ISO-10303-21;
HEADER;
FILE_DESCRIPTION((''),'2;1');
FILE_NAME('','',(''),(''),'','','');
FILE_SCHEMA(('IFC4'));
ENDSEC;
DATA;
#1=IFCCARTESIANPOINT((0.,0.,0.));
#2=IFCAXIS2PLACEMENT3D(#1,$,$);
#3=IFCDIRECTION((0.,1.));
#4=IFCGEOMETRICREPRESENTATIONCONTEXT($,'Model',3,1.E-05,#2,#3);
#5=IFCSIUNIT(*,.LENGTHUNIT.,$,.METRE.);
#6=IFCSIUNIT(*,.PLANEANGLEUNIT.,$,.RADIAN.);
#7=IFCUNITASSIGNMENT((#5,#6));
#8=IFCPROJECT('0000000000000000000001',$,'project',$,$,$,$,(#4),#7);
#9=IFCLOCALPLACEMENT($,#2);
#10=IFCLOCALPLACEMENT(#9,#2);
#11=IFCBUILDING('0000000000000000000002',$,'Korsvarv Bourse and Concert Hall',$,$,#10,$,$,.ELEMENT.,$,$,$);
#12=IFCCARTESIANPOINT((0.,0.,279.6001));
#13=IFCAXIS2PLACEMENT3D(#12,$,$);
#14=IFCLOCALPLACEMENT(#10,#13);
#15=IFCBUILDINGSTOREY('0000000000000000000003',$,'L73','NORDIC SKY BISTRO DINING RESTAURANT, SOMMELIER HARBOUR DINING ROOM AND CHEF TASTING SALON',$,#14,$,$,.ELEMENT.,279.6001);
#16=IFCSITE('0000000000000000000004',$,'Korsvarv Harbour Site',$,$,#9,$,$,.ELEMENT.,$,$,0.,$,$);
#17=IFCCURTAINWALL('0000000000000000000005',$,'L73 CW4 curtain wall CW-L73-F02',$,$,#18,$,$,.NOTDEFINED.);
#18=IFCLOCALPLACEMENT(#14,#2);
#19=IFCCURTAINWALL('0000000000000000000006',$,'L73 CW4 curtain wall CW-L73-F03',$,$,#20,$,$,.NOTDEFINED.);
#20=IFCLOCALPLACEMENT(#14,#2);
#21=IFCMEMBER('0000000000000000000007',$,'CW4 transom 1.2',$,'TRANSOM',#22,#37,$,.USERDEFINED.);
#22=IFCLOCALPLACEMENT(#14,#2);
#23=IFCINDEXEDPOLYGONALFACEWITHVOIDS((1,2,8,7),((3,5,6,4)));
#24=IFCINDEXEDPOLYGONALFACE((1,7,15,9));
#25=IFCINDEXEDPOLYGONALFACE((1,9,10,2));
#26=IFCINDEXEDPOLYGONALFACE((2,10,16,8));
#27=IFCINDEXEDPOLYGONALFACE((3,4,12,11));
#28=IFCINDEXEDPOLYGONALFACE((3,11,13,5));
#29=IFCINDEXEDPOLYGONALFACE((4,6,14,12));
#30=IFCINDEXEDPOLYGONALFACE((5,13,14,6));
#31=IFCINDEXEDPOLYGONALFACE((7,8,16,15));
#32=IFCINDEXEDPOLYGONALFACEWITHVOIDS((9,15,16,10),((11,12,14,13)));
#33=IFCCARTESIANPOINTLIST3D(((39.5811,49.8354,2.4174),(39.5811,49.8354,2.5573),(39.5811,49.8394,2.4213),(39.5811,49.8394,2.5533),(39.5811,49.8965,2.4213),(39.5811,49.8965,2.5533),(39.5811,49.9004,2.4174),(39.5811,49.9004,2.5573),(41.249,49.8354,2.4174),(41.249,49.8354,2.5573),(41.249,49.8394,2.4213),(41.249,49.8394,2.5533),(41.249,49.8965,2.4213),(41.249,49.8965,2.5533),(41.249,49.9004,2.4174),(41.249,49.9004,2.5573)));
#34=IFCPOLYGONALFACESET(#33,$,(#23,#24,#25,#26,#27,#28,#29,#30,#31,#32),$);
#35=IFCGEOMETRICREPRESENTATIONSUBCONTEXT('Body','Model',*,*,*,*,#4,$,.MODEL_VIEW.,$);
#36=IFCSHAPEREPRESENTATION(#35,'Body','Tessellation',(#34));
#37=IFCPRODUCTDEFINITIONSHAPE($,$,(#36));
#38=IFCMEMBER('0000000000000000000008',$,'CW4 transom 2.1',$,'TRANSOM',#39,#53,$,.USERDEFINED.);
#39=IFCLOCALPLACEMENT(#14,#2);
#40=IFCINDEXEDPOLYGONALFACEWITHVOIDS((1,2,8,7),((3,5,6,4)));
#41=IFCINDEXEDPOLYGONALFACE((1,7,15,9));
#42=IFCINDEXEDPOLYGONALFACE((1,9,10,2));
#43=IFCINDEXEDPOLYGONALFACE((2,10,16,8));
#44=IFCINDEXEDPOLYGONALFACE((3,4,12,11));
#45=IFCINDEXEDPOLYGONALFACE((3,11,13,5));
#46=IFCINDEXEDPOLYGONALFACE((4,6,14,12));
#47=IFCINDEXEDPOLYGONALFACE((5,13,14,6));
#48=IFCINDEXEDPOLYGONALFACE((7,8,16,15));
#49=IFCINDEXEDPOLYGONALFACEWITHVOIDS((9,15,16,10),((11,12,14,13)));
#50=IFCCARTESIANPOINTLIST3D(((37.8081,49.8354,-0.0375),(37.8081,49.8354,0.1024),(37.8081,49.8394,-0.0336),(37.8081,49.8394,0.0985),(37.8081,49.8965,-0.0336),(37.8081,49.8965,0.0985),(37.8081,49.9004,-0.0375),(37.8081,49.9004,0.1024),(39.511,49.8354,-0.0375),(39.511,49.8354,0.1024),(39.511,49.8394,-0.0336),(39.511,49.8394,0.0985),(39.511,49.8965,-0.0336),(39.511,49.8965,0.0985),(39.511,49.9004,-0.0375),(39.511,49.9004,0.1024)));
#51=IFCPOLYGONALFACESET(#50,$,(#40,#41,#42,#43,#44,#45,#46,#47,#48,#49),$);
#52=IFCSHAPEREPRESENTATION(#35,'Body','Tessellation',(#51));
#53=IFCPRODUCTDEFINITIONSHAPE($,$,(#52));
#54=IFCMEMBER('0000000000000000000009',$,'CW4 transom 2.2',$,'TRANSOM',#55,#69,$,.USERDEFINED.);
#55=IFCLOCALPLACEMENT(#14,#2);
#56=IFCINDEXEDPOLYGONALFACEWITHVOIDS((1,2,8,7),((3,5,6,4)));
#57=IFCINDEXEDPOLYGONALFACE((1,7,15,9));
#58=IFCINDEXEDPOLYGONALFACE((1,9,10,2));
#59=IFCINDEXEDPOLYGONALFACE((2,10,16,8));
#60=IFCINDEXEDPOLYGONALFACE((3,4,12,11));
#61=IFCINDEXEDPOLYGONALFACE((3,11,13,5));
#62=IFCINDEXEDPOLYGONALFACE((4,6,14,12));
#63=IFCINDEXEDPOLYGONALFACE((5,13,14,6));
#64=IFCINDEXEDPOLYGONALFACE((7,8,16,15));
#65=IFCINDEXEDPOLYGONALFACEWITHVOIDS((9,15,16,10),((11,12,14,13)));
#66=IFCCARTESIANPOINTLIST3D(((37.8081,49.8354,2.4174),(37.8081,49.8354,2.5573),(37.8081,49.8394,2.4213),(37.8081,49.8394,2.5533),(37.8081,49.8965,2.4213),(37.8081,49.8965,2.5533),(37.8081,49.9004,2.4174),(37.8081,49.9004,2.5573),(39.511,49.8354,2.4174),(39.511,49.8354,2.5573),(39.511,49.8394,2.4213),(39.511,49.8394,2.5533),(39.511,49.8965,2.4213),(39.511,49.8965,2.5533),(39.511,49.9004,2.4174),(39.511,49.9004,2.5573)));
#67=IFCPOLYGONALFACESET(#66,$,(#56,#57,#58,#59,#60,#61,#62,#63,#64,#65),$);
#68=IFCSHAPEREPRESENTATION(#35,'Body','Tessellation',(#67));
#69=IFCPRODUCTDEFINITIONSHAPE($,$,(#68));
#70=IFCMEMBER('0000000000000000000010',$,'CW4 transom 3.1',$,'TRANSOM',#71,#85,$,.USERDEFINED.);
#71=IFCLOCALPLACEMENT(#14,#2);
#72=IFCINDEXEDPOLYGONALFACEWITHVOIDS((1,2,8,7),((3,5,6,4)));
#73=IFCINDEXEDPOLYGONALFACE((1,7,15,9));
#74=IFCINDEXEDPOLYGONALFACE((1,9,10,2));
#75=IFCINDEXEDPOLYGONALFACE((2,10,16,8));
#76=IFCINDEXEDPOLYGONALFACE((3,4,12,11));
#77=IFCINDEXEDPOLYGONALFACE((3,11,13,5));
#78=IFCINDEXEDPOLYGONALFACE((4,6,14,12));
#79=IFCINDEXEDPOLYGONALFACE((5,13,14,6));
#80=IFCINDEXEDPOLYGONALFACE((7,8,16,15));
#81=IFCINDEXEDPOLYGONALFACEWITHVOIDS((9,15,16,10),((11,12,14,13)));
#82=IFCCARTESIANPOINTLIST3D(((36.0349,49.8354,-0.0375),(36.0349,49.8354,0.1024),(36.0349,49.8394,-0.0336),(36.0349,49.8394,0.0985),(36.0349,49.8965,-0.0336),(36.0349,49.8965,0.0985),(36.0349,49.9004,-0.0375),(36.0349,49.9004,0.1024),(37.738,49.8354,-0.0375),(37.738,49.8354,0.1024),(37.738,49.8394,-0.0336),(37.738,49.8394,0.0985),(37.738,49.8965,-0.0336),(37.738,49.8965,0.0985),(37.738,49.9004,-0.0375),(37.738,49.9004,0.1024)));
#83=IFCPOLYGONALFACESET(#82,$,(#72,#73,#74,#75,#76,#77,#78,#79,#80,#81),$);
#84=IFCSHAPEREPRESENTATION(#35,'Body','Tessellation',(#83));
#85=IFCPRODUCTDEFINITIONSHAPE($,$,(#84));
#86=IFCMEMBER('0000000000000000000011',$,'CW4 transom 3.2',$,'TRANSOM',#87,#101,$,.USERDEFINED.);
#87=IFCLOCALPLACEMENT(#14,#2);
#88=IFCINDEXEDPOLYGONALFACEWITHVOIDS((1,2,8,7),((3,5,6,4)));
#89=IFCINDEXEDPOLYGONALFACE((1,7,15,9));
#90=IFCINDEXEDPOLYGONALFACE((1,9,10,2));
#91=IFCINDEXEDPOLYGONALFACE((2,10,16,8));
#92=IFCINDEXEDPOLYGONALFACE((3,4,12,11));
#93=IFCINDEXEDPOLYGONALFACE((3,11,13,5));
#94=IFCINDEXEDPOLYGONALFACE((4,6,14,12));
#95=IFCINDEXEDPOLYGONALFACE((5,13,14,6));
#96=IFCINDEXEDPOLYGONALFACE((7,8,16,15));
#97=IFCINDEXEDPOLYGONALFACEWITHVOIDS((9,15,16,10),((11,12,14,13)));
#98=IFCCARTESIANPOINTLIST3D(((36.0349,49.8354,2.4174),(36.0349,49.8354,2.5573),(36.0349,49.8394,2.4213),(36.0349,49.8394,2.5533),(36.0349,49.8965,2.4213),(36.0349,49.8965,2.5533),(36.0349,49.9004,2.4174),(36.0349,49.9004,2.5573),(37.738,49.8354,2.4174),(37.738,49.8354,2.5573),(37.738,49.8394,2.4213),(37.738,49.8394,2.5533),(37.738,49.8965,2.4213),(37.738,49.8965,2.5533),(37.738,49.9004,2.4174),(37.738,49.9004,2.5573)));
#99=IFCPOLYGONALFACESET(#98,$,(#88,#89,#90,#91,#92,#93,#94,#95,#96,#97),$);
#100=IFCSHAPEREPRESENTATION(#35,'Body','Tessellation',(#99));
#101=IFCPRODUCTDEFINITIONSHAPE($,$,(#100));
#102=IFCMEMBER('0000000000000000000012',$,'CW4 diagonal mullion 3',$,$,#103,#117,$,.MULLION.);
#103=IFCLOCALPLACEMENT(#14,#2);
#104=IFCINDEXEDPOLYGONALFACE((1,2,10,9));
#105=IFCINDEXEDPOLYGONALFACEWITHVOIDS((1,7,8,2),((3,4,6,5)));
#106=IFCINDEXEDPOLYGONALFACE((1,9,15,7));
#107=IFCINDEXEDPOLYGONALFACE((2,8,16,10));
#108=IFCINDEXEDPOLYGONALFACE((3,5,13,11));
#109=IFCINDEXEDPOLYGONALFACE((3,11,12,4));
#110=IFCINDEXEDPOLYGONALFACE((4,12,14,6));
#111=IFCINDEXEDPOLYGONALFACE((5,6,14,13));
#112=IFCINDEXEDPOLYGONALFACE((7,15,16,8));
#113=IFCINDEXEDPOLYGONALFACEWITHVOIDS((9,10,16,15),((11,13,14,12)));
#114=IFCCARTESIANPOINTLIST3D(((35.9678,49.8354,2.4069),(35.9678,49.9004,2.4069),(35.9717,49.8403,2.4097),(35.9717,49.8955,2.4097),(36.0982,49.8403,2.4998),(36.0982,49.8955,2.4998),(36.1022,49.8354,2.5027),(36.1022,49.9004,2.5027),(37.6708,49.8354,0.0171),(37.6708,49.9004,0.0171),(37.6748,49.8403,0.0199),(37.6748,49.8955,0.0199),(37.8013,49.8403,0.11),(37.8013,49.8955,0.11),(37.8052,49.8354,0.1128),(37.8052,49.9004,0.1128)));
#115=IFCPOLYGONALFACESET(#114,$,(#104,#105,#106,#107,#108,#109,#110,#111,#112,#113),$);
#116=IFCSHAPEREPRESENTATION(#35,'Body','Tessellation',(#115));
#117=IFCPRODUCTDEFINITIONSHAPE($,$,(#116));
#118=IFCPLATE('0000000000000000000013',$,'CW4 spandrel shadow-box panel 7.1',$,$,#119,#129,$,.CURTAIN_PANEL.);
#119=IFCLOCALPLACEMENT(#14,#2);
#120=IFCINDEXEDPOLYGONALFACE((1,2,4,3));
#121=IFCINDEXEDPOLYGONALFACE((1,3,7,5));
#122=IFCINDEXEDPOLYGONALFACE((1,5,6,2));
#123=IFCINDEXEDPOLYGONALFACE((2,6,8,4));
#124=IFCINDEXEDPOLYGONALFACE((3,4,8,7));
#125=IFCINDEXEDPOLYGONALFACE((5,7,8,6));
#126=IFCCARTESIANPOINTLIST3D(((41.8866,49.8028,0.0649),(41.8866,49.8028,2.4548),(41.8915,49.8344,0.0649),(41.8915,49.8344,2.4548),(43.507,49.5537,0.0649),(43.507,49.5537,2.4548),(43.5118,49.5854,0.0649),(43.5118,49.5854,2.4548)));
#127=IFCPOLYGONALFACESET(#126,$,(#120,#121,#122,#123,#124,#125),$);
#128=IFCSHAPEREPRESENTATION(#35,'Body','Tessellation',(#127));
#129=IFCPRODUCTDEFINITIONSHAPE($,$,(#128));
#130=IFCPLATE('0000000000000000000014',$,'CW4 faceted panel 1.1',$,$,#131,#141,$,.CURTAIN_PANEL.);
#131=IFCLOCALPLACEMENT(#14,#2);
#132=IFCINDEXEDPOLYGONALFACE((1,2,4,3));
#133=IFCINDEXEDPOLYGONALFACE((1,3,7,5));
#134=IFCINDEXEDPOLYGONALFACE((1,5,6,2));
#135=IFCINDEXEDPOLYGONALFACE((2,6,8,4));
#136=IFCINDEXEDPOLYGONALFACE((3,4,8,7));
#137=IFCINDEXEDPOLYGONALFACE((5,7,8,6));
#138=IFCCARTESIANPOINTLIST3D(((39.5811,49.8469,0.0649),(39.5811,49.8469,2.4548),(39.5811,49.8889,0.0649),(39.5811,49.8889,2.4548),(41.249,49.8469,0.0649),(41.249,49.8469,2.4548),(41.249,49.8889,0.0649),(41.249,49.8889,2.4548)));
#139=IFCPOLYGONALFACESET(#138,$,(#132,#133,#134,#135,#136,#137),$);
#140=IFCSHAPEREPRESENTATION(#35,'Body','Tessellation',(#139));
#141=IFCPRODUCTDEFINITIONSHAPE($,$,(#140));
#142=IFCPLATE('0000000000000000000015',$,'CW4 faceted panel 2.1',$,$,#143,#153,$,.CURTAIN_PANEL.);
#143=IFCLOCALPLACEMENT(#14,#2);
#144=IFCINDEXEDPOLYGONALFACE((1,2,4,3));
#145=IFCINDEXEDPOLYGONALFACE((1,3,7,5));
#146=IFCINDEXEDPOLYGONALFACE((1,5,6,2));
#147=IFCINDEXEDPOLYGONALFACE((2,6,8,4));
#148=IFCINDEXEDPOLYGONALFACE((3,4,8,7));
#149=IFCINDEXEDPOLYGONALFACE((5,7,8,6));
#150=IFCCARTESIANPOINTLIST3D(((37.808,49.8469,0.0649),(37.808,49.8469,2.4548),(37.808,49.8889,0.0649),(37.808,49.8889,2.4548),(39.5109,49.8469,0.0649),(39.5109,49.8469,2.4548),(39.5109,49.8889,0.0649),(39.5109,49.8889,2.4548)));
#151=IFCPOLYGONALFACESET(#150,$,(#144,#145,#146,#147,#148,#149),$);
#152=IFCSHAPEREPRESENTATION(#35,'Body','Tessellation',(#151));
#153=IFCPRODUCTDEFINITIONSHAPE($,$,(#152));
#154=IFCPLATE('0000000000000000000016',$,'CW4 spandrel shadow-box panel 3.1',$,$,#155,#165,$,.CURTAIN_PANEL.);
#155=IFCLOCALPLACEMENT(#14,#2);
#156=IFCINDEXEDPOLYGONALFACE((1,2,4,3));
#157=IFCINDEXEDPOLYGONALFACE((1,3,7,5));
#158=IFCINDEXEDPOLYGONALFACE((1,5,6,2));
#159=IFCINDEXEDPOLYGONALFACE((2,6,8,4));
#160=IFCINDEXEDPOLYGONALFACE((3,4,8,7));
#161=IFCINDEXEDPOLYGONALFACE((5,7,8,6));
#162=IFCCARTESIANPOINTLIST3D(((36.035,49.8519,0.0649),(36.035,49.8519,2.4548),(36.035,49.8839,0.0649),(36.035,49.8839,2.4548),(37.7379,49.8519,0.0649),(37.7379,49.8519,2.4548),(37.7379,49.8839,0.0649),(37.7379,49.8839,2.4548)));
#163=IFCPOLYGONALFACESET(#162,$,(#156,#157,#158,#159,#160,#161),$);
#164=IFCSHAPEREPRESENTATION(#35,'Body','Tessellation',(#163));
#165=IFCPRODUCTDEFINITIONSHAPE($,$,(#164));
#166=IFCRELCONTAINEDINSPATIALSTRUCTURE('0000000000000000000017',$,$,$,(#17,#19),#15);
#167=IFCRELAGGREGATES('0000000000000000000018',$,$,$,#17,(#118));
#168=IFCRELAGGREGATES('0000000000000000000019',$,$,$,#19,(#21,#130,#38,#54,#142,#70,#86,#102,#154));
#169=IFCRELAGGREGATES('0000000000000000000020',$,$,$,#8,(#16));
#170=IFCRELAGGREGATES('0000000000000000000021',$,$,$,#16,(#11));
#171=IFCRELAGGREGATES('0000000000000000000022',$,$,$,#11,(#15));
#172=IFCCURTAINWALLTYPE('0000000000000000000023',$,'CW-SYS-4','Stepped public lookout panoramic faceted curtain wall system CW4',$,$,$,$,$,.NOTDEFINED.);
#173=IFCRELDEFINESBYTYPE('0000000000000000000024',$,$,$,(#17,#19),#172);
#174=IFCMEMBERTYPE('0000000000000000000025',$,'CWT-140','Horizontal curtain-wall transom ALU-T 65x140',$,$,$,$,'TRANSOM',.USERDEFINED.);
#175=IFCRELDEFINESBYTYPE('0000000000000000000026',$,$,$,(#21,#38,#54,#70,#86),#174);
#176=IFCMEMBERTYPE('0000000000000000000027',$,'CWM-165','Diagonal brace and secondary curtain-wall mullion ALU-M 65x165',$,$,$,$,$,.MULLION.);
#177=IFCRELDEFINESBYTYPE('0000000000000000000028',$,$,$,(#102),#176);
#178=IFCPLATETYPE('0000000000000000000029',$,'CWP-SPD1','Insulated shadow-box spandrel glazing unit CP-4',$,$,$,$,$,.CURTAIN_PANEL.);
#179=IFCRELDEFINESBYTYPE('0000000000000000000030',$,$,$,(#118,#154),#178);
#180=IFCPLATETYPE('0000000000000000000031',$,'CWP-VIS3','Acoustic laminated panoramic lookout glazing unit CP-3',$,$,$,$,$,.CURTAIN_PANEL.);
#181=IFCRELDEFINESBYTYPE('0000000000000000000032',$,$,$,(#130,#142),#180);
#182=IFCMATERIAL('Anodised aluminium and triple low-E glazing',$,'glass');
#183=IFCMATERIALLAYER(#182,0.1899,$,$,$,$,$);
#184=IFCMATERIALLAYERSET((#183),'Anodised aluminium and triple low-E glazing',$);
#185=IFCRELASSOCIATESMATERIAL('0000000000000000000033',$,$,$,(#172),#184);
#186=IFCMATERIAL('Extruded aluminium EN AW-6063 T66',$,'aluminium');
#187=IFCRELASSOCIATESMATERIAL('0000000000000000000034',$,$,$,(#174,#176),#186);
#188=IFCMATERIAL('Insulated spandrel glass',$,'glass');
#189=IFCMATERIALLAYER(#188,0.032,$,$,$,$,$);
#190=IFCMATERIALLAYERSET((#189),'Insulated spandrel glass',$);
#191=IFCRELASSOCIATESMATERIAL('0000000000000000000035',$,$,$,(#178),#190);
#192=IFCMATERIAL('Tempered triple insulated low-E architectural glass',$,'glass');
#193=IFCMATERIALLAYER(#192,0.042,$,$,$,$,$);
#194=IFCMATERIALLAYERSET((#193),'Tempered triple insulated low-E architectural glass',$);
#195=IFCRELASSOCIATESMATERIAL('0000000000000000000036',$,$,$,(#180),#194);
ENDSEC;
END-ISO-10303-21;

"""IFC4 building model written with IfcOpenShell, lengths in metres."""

from ifc_helpers import new_model, si_unit, direction, frame, origin, origin_2d, place, context, subcontext, project, spatial, rectangle, hollow_rectangle, extrude, source, transform, mapped, material, layer, layer_set, material_profile, profile_set, type_object, element, aggregate, save


model = new_model("IFC4")

# Units and contexts
model_context = context("Model", 3, precision=1e-05, world=origin(), true_north=direction((0.0, 1.0)))
body_context = subcontext(model_context, "Body", "Model", "MODEL_VIEW")
ifc_project = project(units=[si_unit("LENGTHUNIT", "METRE"), si_unit("PLANEANGLEUNIT", "RADIAN")], contexts=[model_context])

# Site, building, storey
site_placement = place(None, origin())
site = spatial("IfcSite", under=ifc_project, at=site_placement, Name="Korsvarv Harbour Site", CompositionType="ELEMENT", RefElevation=0.0)
building_placement = place(site_placement, origin())
building = spatial("IfcBuilding", under=site, at=building_placement, Name="Korsvarv Bourse and Concert Hall", CompositionType="ELEMENT")
storey_placement = place(building_placement, frame((0.0, 0.0, 279.6001)))
storey = spatial("IfcBuildingStorey", under=building, at=storey_placement, Name="L73", Description="NORDIC SKY BISTRO DINING RESTAURANT, SOMMELIER HARBOUR DINING ROOM AND CHEF TASTING SALON", CompositionType="ELEMENT", Elevation=279.6001)

# Curtain wall
ifc_material_1 = material(Name="Anodised aluminium and triple low-E glazing", Category="glass")
ifc_layer_1 = layer(ifc_material_1, 0.1899)
ifc_layer_set_1 = layer_set([ifc_layer_1], Name="Anodised aluminium and triple low-E glazing")
curtain_wall_type = type_object("IfcCurtainWallType", Name="CW-SYS-4", Description="Stepped public lookout panoramic faceted curtain wall system CW4", PredefinedType="NOTDEFINED", material=ifc_layer_set_1)
curtain_wall_1_placement = place(storey_placement, origin())
curtain_wall_1 = element("IfcCurtainWall", 1, at=curtain_wall_1_placement, inside=storey, type_object=curtain_wall_type, Name="L73 CW4 curtain wall CW-L73-F02", PredefinedType="NOTDEFINED")
ifc_material_2 = material(Name="Extruded aluminium EN AW-6063 T66", Category="aluminium")

# Curtain wall, members
curtain_wall_2_placement = place(storey_placement, origin())
curtain_wall_2 = element("IfcCurtainWall", 2, at=curtain_wall_2_placement, inside=storey, type_object=curtain_wall_type, Name="L73 CW4 curtain wall CW-L73-F03", PredefinedType="NOTDEFINED")
ifc_material_profile_1 = material_profile(ifc_material_2, hollow_rectangle(XDim=0.0649, YDim=0.1399, WallThickness=0.0039, at=origin_2d()), Name="ALU-T 65x140")
ifc_profile_set_1 = profile_set([ifc_material_profile_1], Name="Extruded aluminium EN AW-6063 T66")
member_type_1 = type_object("IfcMemberType", Name="CWT-140", Description="Horizontal curtain-wall transom ALU-T 65x140", ElementType="TRANSOM", PredefinedType="USERDEFINED", material=ifc_profile_set_1)
shared_shape_1 = source(origin(), body_context, "Body", "SweptSolid", [
    extrude(hollow_rectangle(XDim=0.0649, YDim=0.1399, WallThickness=0.0039, at=origin_2d()), origin(), (0.0, 0.0, 1.0), 1.668),
])
member_1_placement = place(storey_placement, frame((41.249, 49.8679, 2.4873), z_axis=(-1.0, 0.0, 0.0), x_axis=(0.0, -1.0, 0.0)))
member_1 = element("IfcMember", 3, at=member_1_placement, type_object=member_type_1, Name="CW4 transom 1.2", ObjectType="TRANSOM", PredefinedType="USERDEFINED", context=body_context, shape_type="MappedRepresentation", body=[
    mapped(shared_shape_1, transform((0.0, 0.0, 0.0), scale=1.0)),
])
shared_shape_2 = source(origin(), body_context, "Body", "SweptSolid", [
    extrude(hollow_rectangle(XDim=0.0649, YDim=0.1399, WallThickness=0.0039, at=origin_2d()), origin(), (0.0, 0.0, 1.0), 1.7029),
])
member_2_placement = place(storey_placement, frame((39.511, 49.8679, 0.0325), z_axis=(-1.0, 0.0, 0.0), x_axis=(0.0, -1.0, 0.0)))
member_2 = element("IfcMember", 4, at=member_2_placement, type_object=member_type_1, Name="CW4 transom 2.1", ObjectType="TRANSOM", PredefinedType="USERDEFINED", context=body_context, shape_type="MappedRepresentation", body=[
    mapped(shared_shape_2, transform((0.0, 0.0, 0.0), scale=1.0)),
])
member_3_placement = place(storey_placement, frame((39.511, 49.8679, 2.4873), z_axis=(-1.0, 0.0, 0.0), x_axis=(0.0, -1.0, 0.0)))
member_3 = element("IfcMember", 5, at=member_3_placement, type_object=member_type_1, Name="CW4 transom 2.2", ObjectType="TRANSOM", PredefinedType="USERDEFINED", context=body_context, shape_type="MappedRepresentation", body=[
    mapped(shared_shape_2, transform((0.0, 0.0, 0.0), scale=1.0)),
])
shared_shape_3 = source(origin(), body_context, "Body", "SweptSolid", [
    extrude(hollow_rectangle(XDim=0.0649, YDim=0.1399, WallThickness=0.0039, at=origin_2d()), origin(), (0.0, 0.0, 1.0), 1.7031),
])
member_4_placement = place(storey_placement, frame((37.738, 49.8679, 0.0325), z_axis=(-1.0, 0.0, 0.0), x_axis=(0.0, -1.0, 0.0)))
member_4 = element("IfcMember", 6, at=member_4_placement, type_object=member_type_1, Name="CW4 transom 3.1", ObjectType="TRANSOM", PredefinedType="USERDEFINED", context=body_context, shape_type="MappedRepresentation", body=[
    mapped(shared_shape_3, transform((0.0, 0.0, 0.0), scale=1.0)),
])
member_5_placement = place(storey_placement, frame((37.738, 49.8679, 2.4873), z_axis=(-1.0, 0.0, 0.0), x_axis=(0.0, -1.0, 0.0)))
member_5 = element("IfcMember", 7, at=member_5_placement, type_object=member_type_1, Name="CW4 transom 3.2", ObjectType="TRANSOM", PredefinedType="USERDEFINED", context=body_context, shape_type="MappedRepresentation", body=[
    mapped(shared_shape_3, transform((0.0, 0.0, 0.0), scale=1.0)),
])
ifc_material_profile_2 = material_profile(ifc_material_2, hollow_rectangle(XDim=0.0649, YDim=0.165, WallThickness=0.0049, at=origin_2d()), Name="ALU-M 65x165")
ifc_profile_set_2 = profile_set([ifc_material_profile_2], Name="Extruded aluminium EN AW-6063 T66")
member_type_2 = type_object("IfcMemberType", Name="CWM-165", Description="Diagonal brace and secondary curtain-wall mullion ALU-M 65x165", PredefinedType="MULLION", material=ifc_profile_set_2)
shared_shape_4 = source(origin(), body_context, "Body", "SweptSolid", [
    extrude(hollow_rectangle(XDim=0.0649, YDim=0.165, WallThickness=0.0049, at=origin_2d()), origin(), (0.0, 0.0, 1.0), 2.9346),
])
member_6_placement = place(storey_placement, frame((37.738, 49.8679, 0.0649), z_axis=(-0.580349, 0.0, 0.814368), x_axis=(0.0, -1.0, 0.0)))
member_6 = element("IfcMember", 8, at=member_6_placement, type_object=member_type_2, Name="CW4 diagonal mullion 3", PredefinedType="MULLION", context=body_context, shape_type="MappedRepresentation", body=[
    mapped(shared_shape_4, transform((0.0, 0.0, 0.0), scale=1.0)),
])

# Plates
ifc_material_3 = material(Name="Insulated spandrel glass", Category="glass")
ifc_layer_2 = layer(ifc_material_3, 0.032)
ifc_layer_set_2 = layer_set([ifc_layer_2], Name="Insulated spandrel glass")
plate_type_1 = type_object("IfcPlateType", Name="CWP-SPD1", Description="Insulated shadow-box spandrel glazing unit CP-4", PredefinedType="CURTAIN_PANEL", material=ifc_layer_set_2)
shared_shape_5 = source(origin(), body_context, "Body", "SweptSolid", [
    extrude(rectangle(XDim=1.6394, YDim=0.032, at=origin_2d()), origin(), (0.0, 0.0, 1.0), 2.3899),
])
plate_1_placement = place(storey_placement, frame((42.6992, 49.6941, 0.0649), z_axis=(0.0, 0.0, 1.0), x_axis=(-0.988391, 0.151931, 0.0)))
plate_1 = element("IfcPlate", 9, at=plate_1_placement, type_object=plate_type_1, Name="CW4 spandrel shadow-box panel 7.1", PredefinedType="CURTAIN_PANEL", context=body_context, shape_type="MappedRepresentation", body=[
    mapped(shared_shape_5, transform((0.0, 0.0, 0.0), scale=1.0)),
])
aggregate(curtain_wall_1, [plate_1])
ifc_material_4 = material(Name="Tempered triple insulated low-E architectural glass", Category="glass")
ifc_layer_3 = layer(ifc_material_4, 0.042)
ifc_layer_set_3 = layer_set([ifc_layer_3], Name="Tempered triple insulated low-E architectural glass")
plate_type_2 = type_object("IfcPlateType", Name="CWP-VIS3", Description="Acoustic laminated panoramic lookout glazing unit CP-3", PredefinedType="CURTAIN_PANEL", material=ifc_layer_set_3)
shared_shape_6 = source(origin(), body_context, "Body", "SweptSolid", [
    extrude(rectangle(XDim=1.668, YDim=0.042, at=origin_2d()), origin(), (0.0, 0.0, 1.0), 2.3899),
])
plate_2_placement = place(storey_placement, frame((40.415, 49.8679, 0.0649), z_axis=(0.0, 0.0, 1.0), x_axis=(-1.0, 0.0, 0.0)))
plate_2 = element("IfcPlate", 10, at=plate_2_placement, type_object=plate_type_2, Name="CW4 faceted panel 1.1", PredefinedType="CURTAIN_PANEL", context=body_context, shape_type="MappedRepresentation", body=[
    mapped(shared_shape_6, transform((0.0, 0.0, 0.0), scale=1.0)),
])
shared_shape_7 = source(origin(), body_context, "Body", "SweptSolid", [
    extrude(rectangle(XDim=1.7029, YDim=0.042, at=origin_2d()), origin(), (0.0, 0.0, 1.0), 2.3899),
])
plate_3_placement = place(storey_placement, frame((38.6594, 49.8679, 0.0649), z_axis=(0.0, 0.0, 1.0), x_axis=(-1.0, 0.0, 0.0)))
plate_3 = element("IfcPlate", 11, at=plate_3_placement, type_object=plate_type_2, Name="CW4 faceted panel 2.1", PredefinedType="CURTAIN_PANEL", context=body_context, shape_type="MappedRepresentation", body=[
    mapped(shared_shape_7, transform((0.0, 0.0, 0.0), scale=1.0)),
])
shared_shape_8 = source(origin(), body_context, "Body", "SweptSolid", [
    extrude(rectangle(XDim=1.7029, YDim=0.032, at=origin_2d()), origin(), (0.0, 0.0, 1.0), 2.3899),
])
plate_4_placement = place(storey_placement, frame((36.8865, 49.8679, 0.0649), z_axis=(0.0, 0.0, 1.0), x_axis=(-1.0, 0.0, 0.0)))
plate_4 = element("IfcPlate", 12, at=plate_4_placement, type_object=plate_type_1, Name="CW4 spandrel shadow-box panel 3.1", PredefinedType="CURTAIN_PANEL", context=body_context, shape_type="MappedRepresentation", body=[
    mapped(shared_shape_8, transform((0.0, 0.0, 0.0), scale=1.0)),
])
aggregate(curtain_wall_2, [member_1, plate_2, member_2, member_3, plate_3, member_4, member_5, member_6, plate_4])

save(model, "model.ifc")
